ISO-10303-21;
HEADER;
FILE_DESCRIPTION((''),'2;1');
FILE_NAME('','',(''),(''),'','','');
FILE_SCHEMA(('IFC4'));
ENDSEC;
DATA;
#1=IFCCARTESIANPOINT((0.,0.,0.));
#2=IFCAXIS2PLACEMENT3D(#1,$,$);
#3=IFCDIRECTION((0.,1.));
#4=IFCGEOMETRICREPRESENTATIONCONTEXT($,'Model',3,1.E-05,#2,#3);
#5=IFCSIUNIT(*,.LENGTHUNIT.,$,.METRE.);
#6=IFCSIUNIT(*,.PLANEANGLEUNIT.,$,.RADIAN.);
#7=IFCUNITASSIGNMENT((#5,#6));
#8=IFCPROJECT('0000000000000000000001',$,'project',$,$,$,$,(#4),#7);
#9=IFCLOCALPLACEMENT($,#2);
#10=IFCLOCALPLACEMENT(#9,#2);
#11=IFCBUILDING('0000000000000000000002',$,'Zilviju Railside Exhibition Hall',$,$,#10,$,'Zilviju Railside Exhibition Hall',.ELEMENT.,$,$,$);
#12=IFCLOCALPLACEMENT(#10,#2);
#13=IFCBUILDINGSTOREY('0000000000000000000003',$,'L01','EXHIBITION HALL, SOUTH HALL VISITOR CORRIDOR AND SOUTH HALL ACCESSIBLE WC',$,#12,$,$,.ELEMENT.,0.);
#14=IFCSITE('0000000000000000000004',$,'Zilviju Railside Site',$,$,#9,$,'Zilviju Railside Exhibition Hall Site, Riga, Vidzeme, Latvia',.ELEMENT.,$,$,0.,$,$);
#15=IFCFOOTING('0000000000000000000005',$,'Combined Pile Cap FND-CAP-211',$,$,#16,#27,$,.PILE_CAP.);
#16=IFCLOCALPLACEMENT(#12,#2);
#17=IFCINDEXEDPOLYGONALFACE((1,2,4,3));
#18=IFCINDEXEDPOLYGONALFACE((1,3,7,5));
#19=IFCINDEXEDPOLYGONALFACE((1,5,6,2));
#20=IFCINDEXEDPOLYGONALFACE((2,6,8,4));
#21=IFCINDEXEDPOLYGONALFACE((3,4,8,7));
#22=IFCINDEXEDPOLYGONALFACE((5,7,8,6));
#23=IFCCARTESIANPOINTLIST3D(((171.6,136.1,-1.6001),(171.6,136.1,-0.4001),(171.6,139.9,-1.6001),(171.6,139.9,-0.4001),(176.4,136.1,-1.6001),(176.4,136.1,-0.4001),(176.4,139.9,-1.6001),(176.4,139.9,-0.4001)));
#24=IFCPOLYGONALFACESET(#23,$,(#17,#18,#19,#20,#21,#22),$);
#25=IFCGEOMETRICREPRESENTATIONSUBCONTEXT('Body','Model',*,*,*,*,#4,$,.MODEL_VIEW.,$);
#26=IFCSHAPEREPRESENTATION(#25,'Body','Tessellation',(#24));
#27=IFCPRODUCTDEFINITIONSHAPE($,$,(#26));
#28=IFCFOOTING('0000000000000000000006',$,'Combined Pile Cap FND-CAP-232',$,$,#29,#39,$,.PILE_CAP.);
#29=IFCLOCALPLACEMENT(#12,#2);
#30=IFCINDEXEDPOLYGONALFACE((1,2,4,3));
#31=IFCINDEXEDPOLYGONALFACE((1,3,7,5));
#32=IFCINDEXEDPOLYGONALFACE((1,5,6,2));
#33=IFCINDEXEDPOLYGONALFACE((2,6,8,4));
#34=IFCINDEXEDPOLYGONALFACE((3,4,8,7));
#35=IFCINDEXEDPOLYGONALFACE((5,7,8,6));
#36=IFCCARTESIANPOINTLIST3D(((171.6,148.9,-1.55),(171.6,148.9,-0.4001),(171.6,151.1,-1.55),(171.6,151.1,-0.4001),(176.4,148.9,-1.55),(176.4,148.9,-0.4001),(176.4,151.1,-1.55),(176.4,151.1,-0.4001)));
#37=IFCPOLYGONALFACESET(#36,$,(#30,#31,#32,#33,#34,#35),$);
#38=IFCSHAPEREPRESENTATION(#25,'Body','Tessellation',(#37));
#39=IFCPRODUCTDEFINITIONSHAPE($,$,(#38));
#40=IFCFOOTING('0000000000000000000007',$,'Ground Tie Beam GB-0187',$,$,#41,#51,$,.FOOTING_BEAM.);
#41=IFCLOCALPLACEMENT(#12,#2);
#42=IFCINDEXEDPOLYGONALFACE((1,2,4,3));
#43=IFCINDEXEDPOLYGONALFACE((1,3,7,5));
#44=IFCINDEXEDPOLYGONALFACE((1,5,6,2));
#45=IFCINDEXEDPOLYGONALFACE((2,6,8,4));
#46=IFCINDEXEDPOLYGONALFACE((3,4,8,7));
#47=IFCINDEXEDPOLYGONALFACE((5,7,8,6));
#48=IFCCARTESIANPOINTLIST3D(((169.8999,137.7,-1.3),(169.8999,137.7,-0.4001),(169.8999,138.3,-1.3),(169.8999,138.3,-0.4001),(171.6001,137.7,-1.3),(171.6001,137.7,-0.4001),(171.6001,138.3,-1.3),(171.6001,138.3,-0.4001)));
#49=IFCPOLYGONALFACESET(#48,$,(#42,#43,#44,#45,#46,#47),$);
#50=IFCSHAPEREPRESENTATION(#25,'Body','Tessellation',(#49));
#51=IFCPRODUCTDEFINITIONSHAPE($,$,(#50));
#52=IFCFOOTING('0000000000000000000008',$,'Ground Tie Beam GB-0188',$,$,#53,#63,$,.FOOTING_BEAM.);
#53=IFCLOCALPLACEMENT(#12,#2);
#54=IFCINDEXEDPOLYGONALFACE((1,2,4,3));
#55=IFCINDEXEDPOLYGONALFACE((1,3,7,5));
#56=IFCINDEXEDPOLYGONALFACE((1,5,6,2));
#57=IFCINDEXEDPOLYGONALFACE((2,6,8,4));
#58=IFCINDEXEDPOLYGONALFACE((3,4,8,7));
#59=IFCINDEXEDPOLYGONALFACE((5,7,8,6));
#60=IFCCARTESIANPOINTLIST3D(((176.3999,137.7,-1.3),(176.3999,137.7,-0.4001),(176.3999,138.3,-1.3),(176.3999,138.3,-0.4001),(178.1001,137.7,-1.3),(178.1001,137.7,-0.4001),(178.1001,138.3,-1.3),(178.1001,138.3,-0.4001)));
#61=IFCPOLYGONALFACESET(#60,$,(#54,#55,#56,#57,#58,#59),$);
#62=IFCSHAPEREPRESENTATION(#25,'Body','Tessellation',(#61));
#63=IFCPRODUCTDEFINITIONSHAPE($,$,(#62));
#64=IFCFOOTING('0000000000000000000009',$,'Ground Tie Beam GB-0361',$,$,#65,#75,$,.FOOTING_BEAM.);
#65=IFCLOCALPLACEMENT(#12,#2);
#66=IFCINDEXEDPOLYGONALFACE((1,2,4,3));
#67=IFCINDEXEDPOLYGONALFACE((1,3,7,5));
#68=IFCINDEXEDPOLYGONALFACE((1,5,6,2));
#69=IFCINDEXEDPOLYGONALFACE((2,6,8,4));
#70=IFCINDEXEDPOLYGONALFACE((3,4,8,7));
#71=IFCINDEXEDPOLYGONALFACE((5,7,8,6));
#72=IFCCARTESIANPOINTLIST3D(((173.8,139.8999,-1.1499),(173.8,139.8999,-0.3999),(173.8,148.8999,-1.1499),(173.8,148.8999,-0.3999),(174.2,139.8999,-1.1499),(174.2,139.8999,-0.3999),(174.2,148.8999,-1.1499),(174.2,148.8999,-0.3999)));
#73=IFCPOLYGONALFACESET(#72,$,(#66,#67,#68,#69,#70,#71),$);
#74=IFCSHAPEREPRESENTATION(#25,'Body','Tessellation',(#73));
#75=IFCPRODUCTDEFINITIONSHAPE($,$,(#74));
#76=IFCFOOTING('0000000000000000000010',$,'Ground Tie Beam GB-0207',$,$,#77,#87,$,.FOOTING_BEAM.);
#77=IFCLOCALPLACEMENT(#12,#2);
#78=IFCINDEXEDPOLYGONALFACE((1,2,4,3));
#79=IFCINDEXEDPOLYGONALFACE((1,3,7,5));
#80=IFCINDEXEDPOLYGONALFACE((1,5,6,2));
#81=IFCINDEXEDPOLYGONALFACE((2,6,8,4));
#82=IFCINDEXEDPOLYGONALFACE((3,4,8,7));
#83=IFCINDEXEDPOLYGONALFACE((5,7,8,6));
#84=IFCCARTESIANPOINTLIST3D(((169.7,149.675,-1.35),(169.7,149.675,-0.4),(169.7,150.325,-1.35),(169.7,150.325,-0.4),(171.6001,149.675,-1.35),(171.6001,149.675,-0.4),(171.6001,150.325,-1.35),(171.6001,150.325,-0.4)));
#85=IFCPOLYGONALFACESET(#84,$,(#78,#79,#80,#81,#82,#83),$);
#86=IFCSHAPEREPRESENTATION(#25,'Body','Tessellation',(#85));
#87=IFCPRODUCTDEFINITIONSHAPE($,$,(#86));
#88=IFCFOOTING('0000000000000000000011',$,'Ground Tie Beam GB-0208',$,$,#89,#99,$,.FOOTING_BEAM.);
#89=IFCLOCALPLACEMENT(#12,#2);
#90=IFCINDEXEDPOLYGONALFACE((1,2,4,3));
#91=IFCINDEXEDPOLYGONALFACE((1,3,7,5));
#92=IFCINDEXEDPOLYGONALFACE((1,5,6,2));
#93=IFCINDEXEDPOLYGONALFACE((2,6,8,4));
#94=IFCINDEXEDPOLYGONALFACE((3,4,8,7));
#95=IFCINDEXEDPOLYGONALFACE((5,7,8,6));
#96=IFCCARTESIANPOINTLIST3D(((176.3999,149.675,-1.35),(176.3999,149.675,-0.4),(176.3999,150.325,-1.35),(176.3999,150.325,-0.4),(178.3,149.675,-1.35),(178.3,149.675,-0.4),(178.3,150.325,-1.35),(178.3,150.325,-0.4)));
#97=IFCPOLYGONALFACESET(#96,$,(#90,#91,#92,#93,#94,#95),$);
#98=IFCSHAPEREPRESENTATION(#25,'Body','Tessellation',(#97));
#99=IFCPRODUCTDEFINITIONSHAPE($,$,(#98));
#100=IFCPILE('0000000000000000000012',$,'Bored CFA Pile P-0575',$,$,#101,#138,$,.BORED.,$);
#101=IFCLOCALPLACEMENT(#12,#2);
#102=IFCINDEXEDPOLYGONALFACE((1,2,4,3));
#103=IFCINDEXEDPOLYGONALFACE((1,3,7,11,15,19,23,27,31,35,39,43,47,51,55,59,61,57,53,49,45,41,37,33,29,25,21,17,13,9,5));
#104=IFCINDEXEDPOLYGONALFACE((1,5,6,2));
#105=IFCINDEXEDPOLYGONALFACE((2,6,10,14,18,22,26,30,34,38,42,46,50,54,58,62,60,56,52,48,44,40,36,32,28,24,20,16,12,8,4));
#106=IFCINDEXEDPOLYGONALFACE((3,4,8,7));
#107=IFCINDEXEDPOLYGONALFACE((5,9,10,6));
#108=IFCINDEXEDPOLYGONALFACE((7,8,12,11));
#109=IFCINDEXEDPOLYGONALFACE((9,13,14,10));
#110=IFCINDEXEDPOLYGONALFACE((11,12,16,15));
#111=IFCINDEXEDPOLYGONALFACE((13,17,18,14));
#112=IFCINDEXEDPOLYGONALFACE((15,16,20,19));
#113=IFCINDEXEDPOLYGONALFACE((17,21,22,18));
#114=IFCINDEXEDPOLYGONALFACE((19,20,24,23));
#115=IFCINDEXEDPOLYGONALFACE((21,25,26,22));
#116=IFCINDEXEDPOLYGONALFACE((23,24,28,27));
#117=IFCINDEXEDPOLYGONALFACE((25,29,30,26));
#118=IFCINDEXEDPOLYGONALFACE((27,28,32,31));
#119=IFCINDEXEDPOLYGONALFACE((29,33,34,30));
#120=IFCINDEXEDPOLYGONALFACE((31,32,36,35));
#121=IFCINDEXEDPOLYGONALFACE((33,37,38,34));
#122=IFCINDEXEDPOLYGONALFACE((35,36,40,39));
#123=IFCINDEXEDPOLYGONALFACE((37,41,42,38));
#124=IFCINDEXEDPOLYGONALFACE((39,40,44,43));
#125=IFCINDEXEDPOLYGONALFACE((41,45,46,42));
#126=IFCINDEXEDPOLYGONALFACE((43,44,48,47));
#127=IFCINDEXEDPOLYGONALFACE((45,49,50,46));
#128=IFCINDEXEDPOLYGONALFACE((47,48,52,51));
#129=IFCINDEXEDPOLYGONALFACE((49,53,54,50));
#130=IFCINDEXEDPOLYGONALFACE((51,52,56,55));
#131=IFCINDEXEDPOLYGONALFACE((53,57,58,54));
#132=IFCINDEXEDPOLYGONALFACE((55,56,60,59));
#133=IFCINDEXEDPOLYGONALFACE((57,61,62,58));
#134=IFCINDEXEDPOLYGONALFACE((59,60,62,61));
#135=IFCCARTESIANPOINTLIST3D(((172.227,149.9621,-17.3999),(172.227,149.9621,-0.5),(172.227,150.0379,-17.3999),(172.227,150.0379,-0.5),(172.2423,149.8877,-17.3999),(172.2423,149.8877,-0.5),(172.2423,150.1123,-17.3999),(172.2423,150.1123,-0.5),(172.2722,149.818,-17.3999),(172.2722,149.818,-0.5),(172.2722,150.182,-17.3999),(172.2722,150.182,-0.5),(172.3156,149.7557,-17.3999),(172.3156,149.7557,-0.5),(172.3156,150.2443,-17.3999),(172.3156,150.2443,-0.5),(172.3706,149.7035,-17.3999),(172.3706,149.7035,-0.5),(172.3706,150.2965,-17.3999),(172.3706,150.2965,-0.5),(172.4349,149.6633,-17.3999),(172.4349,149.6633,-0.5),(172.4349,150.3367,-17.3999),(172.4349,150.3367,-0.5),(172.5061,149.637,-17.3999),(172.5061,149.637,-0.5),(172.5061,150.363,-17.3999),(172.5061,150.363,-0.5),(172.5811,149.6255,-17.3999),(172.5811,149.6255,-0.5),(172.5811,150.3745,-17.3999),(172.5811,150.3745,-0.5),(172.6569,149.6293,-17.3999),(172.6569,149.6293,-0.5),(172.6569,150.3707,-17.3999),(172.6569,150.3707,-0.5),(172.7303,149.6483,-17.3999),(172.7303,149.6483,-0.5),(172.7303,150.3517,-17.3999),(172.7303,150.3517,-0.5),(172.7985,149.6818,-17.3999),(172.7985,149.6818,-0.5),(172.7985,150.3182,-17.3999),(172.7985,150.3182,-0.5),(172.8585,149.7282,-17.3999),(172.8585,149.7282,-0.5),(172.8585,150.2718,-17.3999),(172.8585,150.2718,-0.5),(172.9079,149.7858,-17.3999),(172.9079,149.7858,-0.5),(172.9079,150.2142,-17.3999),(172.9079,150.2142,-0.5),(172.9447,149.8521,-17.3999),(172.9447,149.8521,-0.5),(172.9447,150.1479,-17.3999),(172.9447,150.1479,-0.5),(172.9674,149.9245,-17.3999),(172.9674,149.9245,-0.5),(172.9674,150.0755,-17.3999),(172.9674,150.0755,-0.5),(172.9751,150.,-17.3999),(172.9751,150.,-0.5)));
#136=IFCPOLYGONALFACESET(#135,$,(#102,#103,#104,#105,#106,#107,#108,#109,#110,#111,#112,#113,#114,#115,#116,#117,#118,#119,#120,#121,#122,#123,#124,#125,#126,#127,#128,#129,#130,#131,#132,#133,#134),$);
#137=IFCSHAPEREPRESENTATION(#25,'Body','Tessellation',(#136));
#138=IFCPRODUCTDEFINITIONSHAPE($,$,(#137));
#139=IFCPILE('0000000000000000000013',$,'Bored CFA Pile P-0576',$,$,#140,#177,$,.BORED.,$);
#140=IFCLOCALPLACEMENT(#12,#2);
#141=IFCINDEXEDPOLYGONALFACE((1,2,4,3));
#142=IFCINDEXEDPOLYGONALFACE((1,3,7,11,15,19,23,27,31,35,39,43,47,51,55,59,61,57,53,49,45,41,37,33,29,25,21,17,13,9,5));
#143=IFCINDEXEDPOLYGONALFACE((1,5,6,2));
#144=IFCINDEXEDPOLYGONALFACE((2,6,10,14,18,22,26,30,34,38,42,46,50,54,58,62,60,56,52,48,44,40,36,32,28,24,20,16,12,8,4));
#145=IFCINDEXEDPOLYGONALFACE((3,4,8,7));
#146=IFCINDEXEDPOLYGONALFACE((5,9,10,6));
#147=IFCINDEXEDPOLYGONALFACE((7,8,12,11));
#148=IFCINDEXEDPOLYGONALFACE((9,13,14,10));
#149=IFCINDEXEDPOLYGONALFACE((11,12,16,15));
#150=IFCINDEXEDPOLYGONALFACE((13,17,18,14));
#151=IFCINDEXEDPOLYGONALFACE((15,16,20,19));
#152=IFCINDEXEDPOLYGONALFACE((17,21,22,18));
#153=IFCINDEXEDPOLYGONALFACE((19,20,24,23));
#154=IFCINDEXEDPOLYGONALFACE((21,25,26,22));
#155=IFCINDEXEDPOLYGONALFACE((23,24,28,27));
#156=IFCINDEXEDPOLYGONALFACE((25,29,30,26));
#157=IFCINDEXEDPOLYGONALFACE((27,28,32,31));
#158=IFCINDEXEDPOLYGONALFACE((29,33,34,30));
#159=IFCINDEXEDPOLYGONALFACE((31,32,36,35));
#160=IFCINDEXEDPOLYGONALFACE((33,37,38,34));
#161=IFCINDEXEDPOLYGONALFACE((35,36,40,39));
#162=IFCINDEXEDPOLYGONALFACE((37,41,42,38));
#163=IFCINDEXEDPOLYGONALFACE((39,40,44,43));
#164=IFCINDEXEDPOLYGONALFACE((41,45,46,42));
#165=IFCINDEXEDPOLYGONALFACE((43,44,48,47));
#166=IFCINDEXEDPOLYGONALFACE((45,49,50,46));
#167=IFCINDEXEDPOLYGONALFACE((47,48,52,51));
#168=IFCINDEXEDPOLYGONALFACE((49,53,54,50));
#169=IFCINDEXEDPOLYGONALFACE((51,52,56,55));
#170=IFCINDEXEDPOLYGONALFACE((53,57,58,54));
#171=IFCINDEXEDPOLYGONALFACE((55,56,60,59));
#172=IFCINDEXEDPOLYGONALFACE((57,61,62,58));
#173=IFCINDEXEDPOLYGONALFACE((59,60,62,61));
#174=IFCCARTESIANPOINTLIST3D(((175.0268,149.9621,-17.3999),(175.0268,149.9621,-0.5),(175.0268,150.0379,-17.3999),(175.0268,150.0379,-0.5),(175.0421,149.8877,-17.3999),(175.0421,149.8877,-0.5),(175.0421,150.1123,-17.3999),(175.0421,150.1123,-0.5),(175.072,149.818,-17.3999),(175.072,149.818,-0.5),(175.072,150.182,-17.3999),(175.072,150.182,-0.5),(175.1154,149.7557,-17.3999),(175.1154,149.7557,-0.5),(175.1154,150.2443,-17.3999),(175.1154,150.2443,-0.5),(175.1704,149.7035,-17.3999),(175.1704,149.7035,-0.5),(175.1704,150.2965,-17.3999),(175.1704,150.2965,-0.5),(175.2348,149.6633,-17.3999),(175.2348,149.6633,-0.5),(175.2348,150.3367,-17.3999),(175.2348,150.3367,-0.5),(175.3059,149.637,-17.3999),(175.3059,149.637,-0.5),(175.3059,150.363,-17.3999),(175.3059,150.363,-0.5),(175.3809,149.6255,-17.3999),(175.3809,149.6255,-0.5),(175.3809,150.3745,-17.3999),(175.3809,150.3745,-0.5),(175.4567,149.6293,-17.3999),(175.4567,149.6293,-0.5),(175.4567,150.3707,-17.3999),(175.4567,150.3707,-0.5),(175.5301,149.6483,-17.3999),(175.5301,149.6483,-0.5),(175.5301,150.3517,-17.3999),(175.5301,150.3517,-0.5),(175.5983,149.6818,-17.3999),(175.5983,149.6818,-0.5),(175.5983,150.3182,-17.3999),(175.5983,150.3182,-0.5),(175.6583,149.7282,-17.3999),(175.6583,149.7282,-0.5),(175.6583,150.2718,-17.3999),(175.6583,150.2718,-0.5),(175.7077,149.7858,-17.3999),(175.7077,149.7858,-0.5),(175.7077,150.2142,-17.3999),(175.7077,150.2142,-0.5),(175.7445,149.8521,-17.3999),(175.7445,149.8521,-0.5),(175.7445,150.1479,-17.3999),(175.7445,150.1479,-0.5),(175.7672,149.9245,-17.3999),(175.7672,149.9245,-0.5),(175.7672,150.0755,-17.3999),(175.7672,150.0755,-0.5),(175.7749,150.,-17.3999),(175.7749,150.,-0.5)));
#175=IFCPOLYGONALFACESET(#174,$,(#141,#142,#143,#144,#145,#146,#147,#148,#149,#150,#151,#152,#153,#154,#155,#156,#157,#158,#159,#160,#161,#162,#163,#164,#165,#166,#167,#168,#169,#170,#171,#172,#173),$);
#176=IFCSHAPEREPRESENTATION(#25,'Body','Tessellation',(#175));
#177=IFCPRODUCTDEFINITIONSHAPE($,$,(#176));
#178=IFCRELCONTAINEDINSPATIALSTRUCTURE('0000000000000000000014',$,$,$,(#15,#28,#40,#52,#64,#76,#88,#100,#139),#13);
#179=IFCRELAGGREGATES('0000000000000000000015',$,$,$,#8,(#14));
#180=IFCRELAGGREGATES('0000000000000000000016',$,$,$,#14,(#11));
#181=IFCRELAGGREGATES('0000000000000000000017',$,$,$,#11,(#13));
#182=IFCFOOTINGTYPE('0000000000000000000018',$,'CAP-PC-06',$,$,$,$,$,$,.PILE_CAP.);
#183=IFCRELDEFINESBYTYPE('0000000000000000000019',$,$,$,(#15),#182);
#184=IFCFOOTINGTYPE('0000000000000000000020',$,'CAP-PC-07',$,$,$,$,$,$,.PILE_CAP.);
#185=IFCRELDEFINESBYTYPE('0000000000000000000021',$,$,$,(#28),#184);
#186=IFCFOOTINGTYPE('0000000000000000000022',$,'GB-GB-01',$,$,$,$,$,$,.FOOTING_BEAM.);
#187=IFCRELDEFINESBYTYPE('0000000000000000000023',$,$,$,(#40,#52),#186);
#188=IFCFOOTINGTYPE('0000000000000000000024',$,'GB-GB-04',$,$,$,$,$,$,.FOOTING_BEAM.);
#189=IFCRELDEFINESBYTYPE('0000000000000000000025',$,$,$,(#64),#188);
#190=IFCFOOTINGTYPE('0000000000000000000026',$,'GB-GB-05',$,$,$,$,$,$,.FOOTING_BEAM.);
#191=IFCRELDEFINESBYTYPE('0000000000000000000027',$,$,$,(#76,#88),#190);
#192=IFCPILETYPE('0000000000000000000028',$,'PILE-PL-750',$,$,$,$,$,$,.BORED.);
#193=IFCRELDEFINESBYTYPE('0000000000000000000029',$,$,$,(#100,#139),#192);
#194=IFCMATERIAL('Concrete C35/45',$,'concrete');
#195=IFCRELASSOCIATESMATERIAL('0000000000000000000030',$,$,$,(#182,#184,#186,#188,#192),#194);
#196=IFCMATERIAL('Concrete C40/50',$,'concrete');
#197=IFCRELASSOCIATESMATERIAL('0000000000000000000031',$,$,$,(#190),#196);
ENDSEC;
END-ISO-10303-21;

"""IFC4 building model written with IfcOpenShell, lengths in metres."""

from ifc_helpers import new_model, si_unit, direction, frame, origin, origin_2d, place, context, subcontext, project, spatial, rectangle, circle, extrude, material, material_profile, profile_set, type_object, element, save


model = new_model("IFC4")

# Units and contexts
model_context = context("Model", 3, precision=1e-05, world=origin(), true_north=direction((0.0, 1.0)))
body_context = subcontext(model_context, "Body", "Model", "MODEL_VIEW")
ifc_project = project(units=[si_unit("LENGTHUNIT", "METRE"), si_unit("PLANEANGLEUNIT", "RADIAN")], contexts=[model_context])

# Site, building, storey
site_placement = place(None, origin())
site = spatial("IfcSite", under=ifc_project, at=site_placement, Name="Zilviju Railside Site", LongName="Zilviju Railside Exhibition Hall Site, Riga, Vidzeme, Latvia", CompositionType="ELEMENT", RefElevation=0.0)
building_placement = place(site_placement, origin())
building = spatial("IfcBuilding", under=site, at=building_placement, Name="Zilviju Railside Exhibition Hall", LongName="Zilviju Railside Exhibition Hall", CompositionType="ELEMENT")
storey_placement = place(building_placement, origin())
storey = spatial("IfcBuildingStorey", under=building, at=storey_placement, Name="L01", Description="EXHIBITION HALL, SOUTH HALL VISITOR CORRIDOR AND SOUTH HALL ACCESSIBLE WC", CompositionType="ELEMENT", Elevation=0.0)

# Footings
ifc_material_1 = material(Name="Concrete C35/45", Category="concrete")
footing_type_1 = type_object("IfcFootingType", Name="CAP-PC-06", PredefinedType="PILE_CAP", material=ifc_material_1)
footing_1_placement = place(storey_placement, frame((174.0, 138.0, -1.6001), z_axis=(0.0, 0.0, 1.0), x_axis=(1.0, 0.0, 0.0)))
element("IfcFooting", 1, at=footing_1_placement, inside=storey, type_object=footing_type_1, Name="Combined Pile Cap FND-CAP-211", PredefinedType="PILE_CAP", context=body_context, shape_type="SweptSolid", body=[
    extrude(rectangle(XDim=4.8, YDim=3.8, at=origin_2d()), origin(), (0.0, 0.0, 1.0), 1.2),
])
footing_type_2 = type_object("IfcFootingType", Name="CAP-PC-07", PredefinedType="PILE_CAP", material=ifc_material_1)
footing_2_placement = place(storey_placement, frame((174.0, 150.0, -1.55), z_axis=(0.0, 0.0, 1.0), x_axis=(1.0, 0.0, 0.0)))
element("IfcFooting", 2, at=footing_2_placement, inside=storey, type_object=footing_type_2, Name="Combined Pile Cap FND-CAP-232", PredefinedType="PILE_CAP", context=body_context, shape_type="SweptSolid", body=[
    extrude(rectangle(XDim=4.8, YDim=2.2, at=origin_2d()), origin(), (0.0, 0.0, 1.0), 1.1499),
])
ifc_material_profile_1 = material_profile(ifc_material_1, rectangle(XDim=0.6001, YDim=0.8999, at=origin_2d()), Name="TIE BEAM 600x900")
ifc_profile_set_1 = profile_set([ifc_material_profile_1], Name="Concrete C35/45")
footing_type_3 = type_object("IfcFootingType", Name="GB-GB-01", PredefinedType="FOOTING_BEAM", material=ifc_profile_set_1)
for number, where, z_axis, x_axis, name in (
    (3, (169.8999, 138.0, -0.8501), (1.0, 0.0, 0.0), (0.0, 1.0, 0.0), "Ground Tie Beam GB-0187"),
    (4, (176.3999, 138.0, -0.8501), (1.0, 0.0, 0.0), (0.0, 1.0, 0.0), "Ground Tie Beam GB-0188"),
):
    element("IfcFooting", number, at=place(storey_placement, frame(where, z_axis=z_axis, x_axis=x_axis)), inside=storey, type_object=footing_type_3, Name=name, PredefinedType="FOOTING_BEAM", context=body_context, shape_type="SweptSolid", body=[
        extrude(rectangle(XDim=0.6001, YDim=0.8999, at=origin_2d()), origin(), (0.0, 0.0, 1.0), 1.7002),
    ])
ifc_material_profile_2 = material_profile(ifc_material_1, rectangle(XDim=0.3999, YDim=0.75, at=origin_2d()), Name="TIE BEAM 400x750")
ifc_profile_set_2 = profile_set([ifc_material_profile_2], Name="Concrete C35/45")
footing_type_4 = type_object("IfcFootingType", Name="GB-GB-04", PredefinedType="FOOTING_BEAM", material=ifc_profile_set_2)
footing_3_placement = place(storey_placement, frame((174.0, 139.8999, -0.7749), z_axis=(0.0, 1.0, 0.0), x_axis=(-1.0, 0.0, 0.0)))
element("IfcFooting", 5, at=footing_3_placement, inside=storey, type_object=footing_type_4, Name="Ground Tie Beam GB-0361", PredefinedType="FOOTING_BEAM", context=body_context, shape_type="SweptSolid", body=[
    extrude(rectangle(XDim=0.3999, YDim=0.75, at=origin_2d()), origin(), (0.0, 0.0, 1.0), 9.0),
])
ifc_material_2 = material(Name="Concrete C40/50", Category="concrete")
ifc_material_profile_3 = material_profile(ifc_material_2, rectangle(XDim=0.6499, YDim=0.95, at=origin_2d()), Name="TIE BEAM 650x950")
ifc_profile_set_3 = profile_set([ifc_material_profile_3], Name="Concrete C40/50")
footing_type_5 = type_object("IfcFootingType", Name="GB-GB-05", PredefinedType="FOOTING_BEAM", material=ifc_profile_set_3)
for number, where, z_axis, x_axis, name in (
    (6, (169.7, 150.0, -0.875), (1.0, 0.0, 0.0), (0.0, 1.0, 0.0), "Ground Tie Beam GB-0207"),
    (7, (176.3999, 150.0, -0.875), (1.0, 0.0, 0.0), (0.0, 1.0, 0.0), "Ground Tie Beam GB-0208"),
):
    element("IfcFooting", number, at=place(storey_placement, frame(where, z_axis=z_axis, x_axis=x_axis)), inside=storey, type_object=footing_type_5, Name=name, PredefinedType="FOOTING_BEAM", context=body_context, shape_type="SweptSolid", body=[
        extrude(rectangle(XDim=0.6499, YDim=0.95, at=origin_2d()), origin(), (0.0, 0.0, 1.0), 1.9001),
    ])

# Piles
ifc_material_profile_4 = material_profile(ifc_material_1, circle(Radius=0.375, at=origin_2d()), Name="CFA PILE D750")
ifc_profile_set_4 = profile_set([ifc_material_profile_4], Name="Concrete C35/45")
pile_type_1 = type_object("IfcPileType", Name="PILE-PL-750", PredefinedType="BORED", material=ifc_profile_set_4)
for number, where, z_axis, x_axis, name in (
    (8, (172.6001, 150.0, -0.5), (0.0, 0.0, -1.0), (1.0, 0.0, 0.0), "Bored CFA Pile P-0575"),
    (9, (175.3999, 150.0, -0.5), (0.0, 0.0, -1.0), (1.0, 0.0, 0.0), "Bored CFA Pile P-0576"),
):
    element("IfcPile", number, at=place(storey_placement, frame(where, z_axis=z_axis, x_axis=x_axis)), inside=storey, type_object=pile_type_1, Name=name, PredefinedType="BORED", context=body_context, shape_type="SweptSolid", body=[
        extrude(circle(Radius=0.375, at=origin_2d()), origin(), (0.0, 0.0, 1.0), 16.8999),
    ])

save(model, "model.ifc")
